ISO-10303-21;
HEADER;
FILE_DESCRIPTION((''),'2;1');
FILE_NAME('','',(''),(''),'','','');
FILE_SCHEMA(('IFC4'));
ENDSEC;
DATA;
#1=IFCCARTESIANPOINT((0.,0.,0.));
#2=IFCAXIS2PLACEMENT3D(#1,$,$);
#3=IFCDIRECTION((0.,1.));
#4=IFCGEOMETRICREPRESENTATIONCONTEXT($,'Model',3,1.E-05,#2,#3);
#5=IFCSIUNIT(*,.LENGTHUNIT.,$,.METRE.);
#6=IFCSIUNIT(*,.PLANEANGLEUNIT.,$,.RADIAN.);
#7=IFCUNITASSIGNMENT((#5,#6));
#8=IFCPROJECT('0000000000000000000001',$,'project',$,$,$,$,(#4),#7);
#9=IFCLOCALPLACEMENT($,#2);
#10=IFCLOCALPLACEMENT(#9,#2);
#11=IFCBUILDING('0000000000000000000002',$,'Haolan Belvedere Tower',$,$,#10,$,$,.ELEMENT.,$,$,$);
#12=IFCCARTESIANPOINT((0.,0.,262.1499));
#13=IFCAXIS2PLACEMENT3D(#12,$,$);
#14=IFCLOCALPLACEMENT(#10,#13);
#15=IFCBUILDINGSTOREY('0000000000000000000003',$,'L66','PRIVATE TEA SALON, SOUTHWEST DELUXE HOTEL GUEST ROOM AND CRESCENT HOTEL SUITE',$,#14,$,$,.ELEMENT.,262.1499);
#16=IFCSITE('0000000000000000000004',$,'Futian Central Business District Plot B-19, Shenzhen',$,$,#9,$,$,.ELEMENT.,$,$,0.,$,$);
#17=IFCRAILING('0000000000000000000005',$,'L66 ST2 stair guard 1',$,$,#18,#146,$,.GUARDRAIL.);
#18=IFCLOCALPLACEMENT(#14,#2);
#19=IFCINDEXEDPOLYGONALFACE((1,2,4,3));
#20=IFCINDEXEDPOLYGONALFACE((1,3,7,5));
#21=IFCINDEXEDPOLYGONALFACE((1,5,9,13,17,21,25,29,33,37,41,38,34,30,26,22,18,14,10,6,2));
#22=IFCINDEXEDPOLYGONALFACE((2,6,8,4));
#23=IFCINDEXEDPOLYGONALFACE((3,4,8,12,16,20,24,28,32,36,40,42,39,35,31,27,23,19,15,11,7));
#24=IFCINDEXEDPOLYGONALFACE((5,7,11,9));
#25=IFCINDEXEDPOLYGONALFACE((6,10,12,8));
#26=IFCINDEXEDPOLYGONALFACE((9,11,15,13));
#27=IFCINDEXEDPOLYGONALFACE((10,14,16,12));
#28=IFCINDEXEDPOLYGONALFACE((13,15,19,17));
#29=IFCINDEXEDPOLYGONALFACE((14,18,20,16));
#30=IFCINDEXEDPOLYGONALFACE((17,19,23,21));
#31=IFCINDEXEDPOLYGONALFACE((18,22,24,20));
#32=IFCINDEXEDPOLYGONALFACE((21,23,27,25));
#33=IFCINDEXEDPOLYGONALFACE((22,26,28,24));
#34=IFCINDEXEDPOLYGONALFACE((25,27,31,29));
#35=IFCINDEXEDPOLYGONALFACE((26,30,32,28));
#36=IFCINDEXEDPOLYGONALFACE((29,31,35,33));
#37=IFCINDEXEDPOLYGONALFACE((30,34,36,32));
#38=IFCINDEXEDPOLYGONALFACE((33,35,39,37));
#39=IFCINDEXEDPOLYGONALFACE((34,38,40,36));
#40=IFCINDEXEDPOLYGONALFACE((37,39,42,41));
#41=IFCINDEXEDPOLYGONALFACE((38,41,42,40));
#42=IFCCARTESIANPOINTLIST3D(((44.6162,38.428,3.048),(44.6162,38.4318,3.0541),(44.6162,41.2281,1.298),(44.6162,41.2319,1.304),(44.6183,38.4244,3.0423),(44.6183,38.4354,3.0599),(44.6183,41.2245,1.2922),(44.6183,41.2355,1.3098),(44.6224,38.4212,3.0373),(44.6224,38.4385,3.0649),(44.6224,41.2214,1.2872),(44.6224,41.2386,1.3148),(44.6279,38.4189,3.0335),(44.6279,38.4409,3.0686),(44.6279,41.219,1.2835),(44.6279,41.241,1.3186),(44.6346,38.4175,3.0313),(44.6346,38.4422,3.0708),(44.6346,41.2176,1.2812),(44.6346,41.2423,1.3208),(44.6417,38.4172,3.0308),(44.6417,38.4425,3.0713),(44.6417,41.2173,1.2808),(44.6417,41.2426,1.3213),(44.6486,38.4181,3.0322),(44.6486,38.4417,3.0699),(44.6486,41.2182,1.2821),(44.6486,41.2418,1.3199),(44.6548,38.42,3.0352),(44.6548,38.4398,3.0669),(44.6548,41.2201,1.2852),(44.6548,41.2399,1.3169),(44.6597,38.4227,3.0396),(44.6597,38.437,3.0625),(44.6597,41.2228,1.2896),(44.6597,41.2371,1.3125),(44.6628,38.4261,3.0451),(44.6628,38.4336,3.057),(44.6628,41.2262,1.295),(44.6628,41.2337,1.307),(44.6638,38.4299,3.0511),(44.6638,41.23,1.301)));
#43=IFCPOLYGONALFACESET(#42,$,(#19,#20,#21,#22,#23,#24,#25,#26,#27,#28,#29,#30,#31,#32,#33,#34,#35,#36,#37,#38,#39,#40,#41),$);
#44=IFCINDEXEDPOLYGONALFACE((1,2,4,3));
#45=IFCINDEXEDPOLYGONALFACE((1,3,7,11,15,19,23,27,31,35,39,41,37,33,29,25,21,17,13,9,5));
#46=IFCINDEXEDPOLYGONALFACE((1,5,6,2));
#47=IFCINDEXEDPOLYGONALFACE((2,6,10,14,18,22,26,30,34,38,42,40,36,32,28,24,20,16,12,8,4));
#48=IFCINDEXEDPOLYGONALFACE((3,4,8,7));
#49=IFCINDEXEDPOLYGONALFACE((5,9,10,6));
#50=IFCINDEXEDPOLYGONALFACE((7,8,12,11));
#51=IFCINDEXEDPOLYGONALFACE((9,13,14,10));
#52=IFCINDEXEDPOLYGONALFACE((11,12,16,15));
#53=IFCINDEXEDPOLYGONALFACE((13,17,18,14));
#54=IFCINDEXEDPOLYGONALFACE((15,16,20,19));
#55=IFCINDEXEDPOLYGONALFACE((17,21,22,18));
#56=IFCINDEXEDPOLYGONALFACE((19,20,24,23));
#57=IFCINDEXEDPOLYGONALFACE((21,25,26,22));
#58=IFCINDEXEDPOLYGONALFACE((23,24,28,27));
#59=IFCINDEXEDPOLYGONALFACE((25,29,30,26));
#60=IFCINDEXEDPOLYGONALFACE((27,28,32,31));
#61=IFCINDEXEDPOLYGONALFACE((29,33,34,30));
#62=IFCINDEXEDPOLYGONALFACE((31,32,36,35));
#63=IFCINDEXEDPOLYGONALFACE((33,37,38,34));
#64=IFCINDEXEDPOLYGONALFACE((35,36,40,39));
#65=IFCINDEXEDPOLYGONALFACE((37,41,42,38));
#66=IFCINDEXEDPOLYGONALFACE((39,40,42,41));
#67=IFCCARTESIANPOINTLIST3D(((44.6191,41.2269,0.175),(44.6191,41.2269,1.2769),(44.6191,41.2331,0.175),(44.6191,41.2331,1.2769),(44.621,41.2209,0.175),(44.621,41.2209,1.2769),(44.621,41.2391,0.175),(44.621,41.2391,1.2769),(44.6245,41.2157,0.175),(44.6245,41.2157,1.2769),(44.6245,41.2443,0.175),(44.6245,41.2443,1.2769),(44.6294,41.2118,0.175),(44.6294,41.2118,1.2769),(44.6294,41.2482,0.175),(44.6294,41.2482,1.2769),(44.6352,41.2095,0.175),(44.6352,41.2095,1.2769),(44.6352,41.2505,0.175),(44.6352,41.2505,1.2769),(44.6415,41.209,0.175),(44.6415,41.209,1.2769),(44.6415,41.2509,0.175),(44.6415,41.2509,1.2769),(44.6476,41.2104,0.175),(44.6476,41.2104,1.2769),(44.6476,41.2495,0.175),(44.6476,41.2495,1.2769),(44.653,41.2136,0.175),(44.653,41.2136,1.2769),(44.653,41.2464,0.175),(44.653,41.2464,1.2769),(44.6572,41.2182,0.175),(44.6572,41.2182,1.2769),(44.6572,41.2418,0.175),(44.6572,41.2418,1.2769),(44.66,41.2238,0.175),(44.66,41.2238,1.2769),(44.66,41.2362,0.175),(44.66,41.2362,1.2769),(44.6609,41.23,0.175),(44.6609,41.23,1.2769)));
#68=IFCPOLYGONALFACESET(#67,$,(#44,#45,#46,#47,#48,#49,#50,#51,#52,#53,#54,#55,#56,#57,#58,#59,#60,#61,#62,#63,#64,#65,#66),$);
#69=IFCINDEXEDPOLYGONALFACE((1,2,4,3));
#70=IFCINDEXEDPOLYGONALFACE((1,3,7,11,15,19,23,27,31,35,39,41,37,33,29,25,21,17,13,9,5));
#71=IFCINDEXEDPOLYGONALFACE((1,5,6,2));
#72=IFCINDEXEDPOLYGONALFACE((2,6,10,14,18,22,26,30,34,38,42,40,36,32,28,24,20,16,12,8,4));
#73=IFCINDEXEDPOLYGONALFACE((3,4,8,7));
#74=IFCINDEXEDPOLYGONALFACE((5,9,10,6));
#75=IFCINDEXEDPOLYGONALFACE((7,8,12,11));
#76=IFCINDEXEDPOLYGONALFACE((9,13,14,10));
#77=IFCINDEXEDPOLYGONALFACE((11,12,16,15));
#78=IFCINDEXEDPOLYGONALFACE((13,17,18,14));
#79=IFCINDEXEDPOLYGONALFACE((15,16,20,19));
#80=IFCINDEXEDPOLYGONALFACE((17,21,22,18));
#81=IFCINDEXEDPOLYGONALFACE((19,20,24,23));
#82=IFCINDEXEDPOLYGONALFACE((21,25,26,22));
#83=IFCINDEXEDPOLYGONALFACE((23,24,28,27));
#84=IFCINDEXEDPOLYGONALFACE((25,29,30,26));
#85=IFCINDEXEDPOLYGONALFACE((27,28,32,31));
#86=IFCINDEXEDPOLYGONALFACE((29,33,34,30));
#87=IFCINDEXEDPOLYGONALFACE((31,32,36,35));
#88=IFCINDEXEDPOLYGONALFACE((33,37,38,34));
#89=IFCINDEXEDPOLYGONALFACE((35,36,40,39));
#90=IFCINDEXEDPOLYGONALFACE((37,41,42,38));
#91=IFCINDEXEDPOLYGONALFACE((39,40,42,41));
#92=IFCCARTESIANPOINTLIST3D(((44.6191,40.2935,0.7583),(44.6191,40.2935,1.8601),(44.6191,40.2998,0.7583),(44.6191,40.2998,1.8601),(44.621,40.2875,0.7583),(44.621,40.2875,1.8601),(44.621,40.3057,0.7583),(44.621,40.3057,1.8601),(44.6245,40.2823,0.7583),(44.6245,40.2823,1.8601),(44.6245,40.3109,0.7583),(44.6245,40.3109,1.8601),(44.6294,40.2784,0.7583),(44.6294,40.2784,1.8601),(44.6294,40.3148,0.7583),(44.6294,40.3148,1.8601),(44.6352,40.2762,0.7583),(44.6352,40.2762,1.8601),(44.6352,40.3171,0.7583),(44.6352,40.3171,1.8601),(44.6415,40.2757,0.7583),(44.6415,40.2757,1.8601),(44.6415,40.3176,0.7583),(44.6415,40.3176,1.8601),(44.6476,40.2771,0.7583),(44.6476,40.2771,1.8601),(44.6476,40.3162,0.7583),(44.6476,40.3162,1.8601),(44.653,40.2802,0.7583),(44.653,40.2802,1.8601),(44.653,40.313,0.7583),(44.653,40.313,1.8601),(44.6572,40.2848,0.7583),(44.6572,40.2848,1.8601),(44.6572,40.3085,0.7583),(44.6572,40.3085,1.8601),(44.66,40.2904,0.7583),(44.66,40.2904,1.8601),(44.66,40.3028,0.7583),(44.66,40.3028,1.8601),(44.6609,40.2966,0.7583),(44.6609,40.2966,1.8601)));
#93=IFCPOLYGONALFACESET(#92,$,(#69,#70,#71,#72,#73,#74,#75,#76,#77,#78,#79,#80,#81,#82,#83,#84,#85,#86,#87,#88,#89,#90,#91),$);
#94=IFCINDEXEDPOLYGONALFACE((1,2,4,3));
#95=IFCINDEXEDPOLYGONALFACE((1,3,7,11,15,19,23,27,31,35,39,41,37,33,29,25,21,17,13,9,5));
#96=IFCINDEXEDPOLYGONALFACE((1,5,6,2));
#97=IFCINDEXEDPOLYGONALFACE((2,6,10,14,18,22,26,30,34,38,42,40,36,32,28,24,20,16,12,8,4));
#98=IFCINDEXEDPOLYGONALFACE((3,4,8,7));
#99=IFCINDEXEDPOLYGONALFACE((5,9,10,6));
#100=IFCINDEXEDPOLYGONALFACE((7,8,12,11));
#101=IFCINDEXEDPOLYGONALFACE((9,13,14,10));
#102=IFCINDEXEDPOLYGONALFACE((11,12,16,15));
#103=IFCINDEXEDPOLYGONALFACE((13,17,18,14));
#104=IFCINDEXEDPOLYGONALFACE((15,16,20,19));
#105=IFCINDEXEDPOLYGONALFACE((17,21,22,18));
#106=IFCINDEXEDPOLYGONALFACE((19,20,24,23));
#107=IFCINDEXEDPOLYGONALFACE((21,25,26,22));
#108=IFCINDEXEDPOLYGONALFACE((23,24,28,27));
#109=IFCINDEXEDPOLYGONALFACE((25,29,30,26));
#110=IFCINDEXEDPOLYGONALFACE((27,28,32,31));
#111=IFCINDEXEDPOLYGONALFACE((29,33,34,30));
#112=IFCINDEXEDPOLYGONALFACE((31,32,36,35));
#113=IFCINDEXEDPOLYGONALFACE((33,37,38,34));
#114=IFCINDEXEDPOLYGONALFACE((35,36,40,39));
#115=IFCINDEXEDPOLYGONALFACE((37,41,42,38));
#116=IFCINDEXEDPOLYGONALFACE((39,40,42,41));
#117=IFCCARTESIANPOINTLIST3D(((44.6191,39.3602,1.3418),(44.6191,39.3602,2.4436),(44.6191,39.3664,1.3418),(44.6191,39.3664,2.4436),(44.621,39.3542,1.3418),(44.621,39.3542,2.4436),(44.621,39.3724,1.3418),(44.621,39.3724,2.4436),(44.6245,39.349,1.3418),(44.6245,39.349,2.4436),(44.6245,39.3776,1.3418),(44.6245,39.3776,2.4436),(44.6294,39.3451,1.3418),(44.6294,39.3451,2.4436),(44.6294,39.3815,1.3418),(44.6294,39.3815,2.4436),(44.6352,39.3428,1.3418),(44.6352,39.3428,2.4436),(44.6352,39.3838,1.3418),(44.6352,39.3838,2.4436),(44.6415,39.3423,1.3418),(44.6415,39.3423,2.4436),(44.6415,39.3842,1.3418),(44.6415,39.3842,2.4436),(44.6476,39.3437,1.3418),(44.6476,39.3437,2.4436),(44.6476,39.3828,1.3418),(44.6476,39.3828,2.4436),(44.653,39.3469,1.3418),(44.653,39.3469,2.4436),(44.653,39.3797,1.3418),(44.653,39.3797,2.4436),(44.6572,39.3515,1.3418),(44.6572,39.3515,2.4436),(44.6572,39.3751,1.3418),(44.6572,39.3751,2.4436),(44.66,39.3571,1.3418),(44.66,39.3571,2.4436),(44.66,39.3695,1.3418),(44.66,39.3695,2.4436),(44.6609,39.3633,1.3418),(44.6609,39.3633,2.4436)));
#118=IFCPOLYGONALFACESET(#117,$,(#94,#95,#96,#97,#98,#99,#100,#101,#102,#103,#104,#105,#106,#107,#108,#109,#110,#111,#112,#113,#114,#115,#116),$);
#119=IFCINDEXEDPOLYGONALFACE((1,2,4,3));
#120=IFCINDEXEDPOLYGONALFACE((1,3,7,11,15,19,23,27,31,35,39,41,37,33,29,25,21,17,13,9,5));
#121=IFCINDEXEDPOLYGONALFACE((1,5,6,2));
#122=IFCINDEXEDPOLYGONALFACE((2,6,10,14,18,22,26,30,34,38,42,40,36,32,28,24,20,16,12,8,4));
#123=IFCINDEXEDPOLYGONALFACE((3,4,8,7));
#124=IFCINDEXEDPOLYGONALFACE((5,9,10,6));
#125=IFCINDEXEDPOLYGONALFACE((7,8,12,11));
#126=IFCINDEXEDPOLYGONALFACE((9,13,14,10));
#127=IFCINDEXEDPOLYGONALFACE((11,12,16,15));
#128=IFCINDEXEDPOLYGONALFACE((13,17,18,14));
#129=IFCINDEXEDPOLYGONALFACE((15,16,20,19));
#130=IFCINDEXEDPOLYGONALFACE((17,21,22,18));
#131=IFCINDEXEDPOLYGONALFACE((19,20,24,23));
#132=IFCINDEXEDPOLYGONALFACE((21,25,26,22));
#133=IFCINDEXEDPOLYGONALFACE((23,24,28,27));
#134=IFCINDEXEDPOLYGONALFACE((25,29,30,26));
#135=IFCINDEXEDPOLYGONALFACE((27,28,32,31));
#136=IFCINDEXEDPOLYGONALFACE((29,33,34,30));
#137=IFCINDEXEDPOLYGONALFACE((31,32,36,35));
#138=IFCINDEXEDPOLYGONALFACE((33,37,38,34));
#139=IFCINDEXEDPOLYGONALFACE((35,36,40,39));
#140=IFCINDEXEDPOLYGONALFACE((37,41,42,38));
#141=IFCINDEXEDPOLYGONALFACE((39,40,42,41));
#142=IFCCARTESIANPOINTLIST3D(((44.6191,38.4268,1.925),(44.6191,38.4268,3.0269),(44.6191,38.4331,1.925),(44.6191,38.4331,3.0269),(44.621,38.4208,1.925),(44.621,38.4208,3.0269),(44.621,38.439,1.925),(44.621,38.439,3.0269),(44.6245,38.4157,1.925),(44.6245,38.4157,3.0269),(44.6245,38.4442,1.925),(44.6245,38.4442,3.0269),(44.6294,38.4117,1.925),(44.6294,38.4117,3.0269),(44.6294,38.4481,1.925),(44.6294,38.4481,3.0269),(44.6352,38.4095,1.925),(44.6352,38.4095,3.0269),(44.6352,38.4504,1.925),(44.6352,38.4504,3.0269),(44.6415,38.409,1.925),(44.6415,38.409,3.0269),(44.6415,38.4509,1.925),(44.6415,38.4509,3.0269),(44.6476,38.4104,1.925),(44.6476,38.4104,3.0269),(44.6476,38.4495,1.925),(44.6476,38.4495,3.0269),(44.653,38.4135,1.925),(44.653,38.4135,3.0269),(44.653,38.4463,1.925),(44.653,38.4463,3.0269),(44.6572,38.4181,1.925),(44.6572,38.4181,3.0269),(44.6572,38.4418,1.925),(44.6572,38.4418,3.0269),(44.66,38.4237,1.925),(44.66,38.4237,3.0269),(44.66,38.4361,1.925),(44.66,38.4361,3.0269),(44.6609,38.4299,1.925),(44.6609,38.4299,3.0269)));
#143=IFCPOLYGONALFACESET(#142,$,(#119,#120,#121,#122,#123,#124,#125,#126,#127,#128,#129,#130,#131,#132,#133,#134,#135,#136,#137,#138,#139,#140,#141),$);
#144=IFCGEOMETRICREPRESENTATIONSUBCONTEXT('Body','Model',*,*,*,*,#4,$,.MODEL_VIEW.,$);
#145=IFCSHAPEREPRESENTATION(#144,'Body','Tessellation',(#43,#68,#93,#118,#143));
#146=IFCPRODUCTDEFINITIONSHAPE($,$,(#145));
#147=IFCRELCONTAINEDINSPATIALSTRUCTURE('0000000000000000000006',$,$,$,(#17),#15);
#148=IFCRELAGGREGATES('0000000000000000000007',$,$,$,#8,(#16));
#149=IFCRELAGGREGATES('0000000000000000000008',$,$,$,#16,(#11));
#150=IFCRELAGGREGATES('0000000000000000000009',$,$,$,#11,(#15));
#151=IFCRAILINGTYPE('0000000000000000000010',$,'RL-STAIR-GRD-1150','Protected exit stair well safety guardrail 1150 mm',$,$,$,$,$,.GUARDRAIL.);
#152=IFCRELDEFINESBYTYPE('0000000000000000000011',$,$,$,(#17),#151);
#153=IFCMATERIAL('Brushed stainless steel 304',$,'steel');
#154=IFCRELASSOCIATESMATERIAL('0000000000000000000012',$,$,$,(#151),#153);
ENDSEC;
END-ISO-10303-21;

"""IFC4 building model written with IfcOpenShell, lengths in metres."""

from ifc_helpers import new_model, si_unit, direction, frame, origin, origin_2d, place, context, subcontext, project, spatial, circle, extrude, material, type_object, element, save


model = new_model("IFC4")

# Units and contexts
model_context = context("Model", 3, precision=1e-05, world=origin(), true_north=direction((0.0, 1.0)))
body_context = subcontext(model_context, "Body", "Model", "MODEL_VIEW")
ifc_project = project(units=[si_unit("LENGTHUNIT", "METRE"), si_unit("PLANEANGLEUNIT", "RADIAN")], contexts=[model_context])

# Site, building, storey
site_placement = place(None, origin())
site = spatial("IfcSite", under=ifc_project, at=site_placement, Name="Futian Central Business District Plot B-19, Shenzhen", CompositionType="ELEMENT", RefElevation=0.0)
building_placement = place(site_placement, origin())
building = spatial("IfcBuilding", under=site, at=building_placement, Name="Haolan Belvedere Tower", CompositionType="ELEMENT")
storey_placement = place(building_placement, frame((0.0, 0.0, 262.1499)))
storey = spatial("IfcBuildingStorey", under=building, at=storey_placement, Name="L66", Description="PRIVATE TEA SALON, SOUTHWEST DELUXE HOTEL GUEST ROOM AND CRESCENT HOTEL SUITE", CompositionType="ELEMENT", Elevation=262.1499)

# Railing
ifc_material_1 = material(Name="Brushed stainless steel 304", Category="steel")
railing_type_1 = type_object("IfcRailingType", Name="RL-STAIR-GRD-1150", Description="Protected exit stair well safety guardrail 1150 mm", PredefinedType="GUARDRAIL", material=ifc_material_1)
railing_1_placement = place(storey_placement, frame((44.6399, 41.23, 0.175)))
element("IfcRailing", 1, at=railing_1_placement, inside=storey, type_object=railing_type_1, Name="L66 ST2 stair guard 1", PredefinedType="GUARDRAIL", context=body_context, shape_type="SweptSolid", body=[
    extrude(circle(Radius=0.0239, at=origin_2d()), frame((0.0, 0.0, 1.126), z_axis=(0.0, -0.848002, 0.529992), x_axis=(1.0, 0.0, 0.0)), (0.0, 0.0, 1.0), 3.302),
    extrude(circle(Radius=0.021, at=origin_2d()), origin(), (0.0, 0.0, 1.0), 1.1018),
    extrude(circle(Radius=0.021, at=origin_2d()), frame((0.0, -0.9333, 0.5833)), (0.0, 0.0, 1.0), 1.1018),
    extrude(circle(Radius=0.021, at=origin_2d()), frame((0.0, -1.8667, 1.1667)), (0.0, 0.0, 1.0), 1.1018),
    extrude(circle(Radius=0.021, at=origin_2d()), frame((0.0, -2.8, 1.75)), (0.0, 0.0, 1.0), 1.1018),
])

save(model, "model.ifc")
